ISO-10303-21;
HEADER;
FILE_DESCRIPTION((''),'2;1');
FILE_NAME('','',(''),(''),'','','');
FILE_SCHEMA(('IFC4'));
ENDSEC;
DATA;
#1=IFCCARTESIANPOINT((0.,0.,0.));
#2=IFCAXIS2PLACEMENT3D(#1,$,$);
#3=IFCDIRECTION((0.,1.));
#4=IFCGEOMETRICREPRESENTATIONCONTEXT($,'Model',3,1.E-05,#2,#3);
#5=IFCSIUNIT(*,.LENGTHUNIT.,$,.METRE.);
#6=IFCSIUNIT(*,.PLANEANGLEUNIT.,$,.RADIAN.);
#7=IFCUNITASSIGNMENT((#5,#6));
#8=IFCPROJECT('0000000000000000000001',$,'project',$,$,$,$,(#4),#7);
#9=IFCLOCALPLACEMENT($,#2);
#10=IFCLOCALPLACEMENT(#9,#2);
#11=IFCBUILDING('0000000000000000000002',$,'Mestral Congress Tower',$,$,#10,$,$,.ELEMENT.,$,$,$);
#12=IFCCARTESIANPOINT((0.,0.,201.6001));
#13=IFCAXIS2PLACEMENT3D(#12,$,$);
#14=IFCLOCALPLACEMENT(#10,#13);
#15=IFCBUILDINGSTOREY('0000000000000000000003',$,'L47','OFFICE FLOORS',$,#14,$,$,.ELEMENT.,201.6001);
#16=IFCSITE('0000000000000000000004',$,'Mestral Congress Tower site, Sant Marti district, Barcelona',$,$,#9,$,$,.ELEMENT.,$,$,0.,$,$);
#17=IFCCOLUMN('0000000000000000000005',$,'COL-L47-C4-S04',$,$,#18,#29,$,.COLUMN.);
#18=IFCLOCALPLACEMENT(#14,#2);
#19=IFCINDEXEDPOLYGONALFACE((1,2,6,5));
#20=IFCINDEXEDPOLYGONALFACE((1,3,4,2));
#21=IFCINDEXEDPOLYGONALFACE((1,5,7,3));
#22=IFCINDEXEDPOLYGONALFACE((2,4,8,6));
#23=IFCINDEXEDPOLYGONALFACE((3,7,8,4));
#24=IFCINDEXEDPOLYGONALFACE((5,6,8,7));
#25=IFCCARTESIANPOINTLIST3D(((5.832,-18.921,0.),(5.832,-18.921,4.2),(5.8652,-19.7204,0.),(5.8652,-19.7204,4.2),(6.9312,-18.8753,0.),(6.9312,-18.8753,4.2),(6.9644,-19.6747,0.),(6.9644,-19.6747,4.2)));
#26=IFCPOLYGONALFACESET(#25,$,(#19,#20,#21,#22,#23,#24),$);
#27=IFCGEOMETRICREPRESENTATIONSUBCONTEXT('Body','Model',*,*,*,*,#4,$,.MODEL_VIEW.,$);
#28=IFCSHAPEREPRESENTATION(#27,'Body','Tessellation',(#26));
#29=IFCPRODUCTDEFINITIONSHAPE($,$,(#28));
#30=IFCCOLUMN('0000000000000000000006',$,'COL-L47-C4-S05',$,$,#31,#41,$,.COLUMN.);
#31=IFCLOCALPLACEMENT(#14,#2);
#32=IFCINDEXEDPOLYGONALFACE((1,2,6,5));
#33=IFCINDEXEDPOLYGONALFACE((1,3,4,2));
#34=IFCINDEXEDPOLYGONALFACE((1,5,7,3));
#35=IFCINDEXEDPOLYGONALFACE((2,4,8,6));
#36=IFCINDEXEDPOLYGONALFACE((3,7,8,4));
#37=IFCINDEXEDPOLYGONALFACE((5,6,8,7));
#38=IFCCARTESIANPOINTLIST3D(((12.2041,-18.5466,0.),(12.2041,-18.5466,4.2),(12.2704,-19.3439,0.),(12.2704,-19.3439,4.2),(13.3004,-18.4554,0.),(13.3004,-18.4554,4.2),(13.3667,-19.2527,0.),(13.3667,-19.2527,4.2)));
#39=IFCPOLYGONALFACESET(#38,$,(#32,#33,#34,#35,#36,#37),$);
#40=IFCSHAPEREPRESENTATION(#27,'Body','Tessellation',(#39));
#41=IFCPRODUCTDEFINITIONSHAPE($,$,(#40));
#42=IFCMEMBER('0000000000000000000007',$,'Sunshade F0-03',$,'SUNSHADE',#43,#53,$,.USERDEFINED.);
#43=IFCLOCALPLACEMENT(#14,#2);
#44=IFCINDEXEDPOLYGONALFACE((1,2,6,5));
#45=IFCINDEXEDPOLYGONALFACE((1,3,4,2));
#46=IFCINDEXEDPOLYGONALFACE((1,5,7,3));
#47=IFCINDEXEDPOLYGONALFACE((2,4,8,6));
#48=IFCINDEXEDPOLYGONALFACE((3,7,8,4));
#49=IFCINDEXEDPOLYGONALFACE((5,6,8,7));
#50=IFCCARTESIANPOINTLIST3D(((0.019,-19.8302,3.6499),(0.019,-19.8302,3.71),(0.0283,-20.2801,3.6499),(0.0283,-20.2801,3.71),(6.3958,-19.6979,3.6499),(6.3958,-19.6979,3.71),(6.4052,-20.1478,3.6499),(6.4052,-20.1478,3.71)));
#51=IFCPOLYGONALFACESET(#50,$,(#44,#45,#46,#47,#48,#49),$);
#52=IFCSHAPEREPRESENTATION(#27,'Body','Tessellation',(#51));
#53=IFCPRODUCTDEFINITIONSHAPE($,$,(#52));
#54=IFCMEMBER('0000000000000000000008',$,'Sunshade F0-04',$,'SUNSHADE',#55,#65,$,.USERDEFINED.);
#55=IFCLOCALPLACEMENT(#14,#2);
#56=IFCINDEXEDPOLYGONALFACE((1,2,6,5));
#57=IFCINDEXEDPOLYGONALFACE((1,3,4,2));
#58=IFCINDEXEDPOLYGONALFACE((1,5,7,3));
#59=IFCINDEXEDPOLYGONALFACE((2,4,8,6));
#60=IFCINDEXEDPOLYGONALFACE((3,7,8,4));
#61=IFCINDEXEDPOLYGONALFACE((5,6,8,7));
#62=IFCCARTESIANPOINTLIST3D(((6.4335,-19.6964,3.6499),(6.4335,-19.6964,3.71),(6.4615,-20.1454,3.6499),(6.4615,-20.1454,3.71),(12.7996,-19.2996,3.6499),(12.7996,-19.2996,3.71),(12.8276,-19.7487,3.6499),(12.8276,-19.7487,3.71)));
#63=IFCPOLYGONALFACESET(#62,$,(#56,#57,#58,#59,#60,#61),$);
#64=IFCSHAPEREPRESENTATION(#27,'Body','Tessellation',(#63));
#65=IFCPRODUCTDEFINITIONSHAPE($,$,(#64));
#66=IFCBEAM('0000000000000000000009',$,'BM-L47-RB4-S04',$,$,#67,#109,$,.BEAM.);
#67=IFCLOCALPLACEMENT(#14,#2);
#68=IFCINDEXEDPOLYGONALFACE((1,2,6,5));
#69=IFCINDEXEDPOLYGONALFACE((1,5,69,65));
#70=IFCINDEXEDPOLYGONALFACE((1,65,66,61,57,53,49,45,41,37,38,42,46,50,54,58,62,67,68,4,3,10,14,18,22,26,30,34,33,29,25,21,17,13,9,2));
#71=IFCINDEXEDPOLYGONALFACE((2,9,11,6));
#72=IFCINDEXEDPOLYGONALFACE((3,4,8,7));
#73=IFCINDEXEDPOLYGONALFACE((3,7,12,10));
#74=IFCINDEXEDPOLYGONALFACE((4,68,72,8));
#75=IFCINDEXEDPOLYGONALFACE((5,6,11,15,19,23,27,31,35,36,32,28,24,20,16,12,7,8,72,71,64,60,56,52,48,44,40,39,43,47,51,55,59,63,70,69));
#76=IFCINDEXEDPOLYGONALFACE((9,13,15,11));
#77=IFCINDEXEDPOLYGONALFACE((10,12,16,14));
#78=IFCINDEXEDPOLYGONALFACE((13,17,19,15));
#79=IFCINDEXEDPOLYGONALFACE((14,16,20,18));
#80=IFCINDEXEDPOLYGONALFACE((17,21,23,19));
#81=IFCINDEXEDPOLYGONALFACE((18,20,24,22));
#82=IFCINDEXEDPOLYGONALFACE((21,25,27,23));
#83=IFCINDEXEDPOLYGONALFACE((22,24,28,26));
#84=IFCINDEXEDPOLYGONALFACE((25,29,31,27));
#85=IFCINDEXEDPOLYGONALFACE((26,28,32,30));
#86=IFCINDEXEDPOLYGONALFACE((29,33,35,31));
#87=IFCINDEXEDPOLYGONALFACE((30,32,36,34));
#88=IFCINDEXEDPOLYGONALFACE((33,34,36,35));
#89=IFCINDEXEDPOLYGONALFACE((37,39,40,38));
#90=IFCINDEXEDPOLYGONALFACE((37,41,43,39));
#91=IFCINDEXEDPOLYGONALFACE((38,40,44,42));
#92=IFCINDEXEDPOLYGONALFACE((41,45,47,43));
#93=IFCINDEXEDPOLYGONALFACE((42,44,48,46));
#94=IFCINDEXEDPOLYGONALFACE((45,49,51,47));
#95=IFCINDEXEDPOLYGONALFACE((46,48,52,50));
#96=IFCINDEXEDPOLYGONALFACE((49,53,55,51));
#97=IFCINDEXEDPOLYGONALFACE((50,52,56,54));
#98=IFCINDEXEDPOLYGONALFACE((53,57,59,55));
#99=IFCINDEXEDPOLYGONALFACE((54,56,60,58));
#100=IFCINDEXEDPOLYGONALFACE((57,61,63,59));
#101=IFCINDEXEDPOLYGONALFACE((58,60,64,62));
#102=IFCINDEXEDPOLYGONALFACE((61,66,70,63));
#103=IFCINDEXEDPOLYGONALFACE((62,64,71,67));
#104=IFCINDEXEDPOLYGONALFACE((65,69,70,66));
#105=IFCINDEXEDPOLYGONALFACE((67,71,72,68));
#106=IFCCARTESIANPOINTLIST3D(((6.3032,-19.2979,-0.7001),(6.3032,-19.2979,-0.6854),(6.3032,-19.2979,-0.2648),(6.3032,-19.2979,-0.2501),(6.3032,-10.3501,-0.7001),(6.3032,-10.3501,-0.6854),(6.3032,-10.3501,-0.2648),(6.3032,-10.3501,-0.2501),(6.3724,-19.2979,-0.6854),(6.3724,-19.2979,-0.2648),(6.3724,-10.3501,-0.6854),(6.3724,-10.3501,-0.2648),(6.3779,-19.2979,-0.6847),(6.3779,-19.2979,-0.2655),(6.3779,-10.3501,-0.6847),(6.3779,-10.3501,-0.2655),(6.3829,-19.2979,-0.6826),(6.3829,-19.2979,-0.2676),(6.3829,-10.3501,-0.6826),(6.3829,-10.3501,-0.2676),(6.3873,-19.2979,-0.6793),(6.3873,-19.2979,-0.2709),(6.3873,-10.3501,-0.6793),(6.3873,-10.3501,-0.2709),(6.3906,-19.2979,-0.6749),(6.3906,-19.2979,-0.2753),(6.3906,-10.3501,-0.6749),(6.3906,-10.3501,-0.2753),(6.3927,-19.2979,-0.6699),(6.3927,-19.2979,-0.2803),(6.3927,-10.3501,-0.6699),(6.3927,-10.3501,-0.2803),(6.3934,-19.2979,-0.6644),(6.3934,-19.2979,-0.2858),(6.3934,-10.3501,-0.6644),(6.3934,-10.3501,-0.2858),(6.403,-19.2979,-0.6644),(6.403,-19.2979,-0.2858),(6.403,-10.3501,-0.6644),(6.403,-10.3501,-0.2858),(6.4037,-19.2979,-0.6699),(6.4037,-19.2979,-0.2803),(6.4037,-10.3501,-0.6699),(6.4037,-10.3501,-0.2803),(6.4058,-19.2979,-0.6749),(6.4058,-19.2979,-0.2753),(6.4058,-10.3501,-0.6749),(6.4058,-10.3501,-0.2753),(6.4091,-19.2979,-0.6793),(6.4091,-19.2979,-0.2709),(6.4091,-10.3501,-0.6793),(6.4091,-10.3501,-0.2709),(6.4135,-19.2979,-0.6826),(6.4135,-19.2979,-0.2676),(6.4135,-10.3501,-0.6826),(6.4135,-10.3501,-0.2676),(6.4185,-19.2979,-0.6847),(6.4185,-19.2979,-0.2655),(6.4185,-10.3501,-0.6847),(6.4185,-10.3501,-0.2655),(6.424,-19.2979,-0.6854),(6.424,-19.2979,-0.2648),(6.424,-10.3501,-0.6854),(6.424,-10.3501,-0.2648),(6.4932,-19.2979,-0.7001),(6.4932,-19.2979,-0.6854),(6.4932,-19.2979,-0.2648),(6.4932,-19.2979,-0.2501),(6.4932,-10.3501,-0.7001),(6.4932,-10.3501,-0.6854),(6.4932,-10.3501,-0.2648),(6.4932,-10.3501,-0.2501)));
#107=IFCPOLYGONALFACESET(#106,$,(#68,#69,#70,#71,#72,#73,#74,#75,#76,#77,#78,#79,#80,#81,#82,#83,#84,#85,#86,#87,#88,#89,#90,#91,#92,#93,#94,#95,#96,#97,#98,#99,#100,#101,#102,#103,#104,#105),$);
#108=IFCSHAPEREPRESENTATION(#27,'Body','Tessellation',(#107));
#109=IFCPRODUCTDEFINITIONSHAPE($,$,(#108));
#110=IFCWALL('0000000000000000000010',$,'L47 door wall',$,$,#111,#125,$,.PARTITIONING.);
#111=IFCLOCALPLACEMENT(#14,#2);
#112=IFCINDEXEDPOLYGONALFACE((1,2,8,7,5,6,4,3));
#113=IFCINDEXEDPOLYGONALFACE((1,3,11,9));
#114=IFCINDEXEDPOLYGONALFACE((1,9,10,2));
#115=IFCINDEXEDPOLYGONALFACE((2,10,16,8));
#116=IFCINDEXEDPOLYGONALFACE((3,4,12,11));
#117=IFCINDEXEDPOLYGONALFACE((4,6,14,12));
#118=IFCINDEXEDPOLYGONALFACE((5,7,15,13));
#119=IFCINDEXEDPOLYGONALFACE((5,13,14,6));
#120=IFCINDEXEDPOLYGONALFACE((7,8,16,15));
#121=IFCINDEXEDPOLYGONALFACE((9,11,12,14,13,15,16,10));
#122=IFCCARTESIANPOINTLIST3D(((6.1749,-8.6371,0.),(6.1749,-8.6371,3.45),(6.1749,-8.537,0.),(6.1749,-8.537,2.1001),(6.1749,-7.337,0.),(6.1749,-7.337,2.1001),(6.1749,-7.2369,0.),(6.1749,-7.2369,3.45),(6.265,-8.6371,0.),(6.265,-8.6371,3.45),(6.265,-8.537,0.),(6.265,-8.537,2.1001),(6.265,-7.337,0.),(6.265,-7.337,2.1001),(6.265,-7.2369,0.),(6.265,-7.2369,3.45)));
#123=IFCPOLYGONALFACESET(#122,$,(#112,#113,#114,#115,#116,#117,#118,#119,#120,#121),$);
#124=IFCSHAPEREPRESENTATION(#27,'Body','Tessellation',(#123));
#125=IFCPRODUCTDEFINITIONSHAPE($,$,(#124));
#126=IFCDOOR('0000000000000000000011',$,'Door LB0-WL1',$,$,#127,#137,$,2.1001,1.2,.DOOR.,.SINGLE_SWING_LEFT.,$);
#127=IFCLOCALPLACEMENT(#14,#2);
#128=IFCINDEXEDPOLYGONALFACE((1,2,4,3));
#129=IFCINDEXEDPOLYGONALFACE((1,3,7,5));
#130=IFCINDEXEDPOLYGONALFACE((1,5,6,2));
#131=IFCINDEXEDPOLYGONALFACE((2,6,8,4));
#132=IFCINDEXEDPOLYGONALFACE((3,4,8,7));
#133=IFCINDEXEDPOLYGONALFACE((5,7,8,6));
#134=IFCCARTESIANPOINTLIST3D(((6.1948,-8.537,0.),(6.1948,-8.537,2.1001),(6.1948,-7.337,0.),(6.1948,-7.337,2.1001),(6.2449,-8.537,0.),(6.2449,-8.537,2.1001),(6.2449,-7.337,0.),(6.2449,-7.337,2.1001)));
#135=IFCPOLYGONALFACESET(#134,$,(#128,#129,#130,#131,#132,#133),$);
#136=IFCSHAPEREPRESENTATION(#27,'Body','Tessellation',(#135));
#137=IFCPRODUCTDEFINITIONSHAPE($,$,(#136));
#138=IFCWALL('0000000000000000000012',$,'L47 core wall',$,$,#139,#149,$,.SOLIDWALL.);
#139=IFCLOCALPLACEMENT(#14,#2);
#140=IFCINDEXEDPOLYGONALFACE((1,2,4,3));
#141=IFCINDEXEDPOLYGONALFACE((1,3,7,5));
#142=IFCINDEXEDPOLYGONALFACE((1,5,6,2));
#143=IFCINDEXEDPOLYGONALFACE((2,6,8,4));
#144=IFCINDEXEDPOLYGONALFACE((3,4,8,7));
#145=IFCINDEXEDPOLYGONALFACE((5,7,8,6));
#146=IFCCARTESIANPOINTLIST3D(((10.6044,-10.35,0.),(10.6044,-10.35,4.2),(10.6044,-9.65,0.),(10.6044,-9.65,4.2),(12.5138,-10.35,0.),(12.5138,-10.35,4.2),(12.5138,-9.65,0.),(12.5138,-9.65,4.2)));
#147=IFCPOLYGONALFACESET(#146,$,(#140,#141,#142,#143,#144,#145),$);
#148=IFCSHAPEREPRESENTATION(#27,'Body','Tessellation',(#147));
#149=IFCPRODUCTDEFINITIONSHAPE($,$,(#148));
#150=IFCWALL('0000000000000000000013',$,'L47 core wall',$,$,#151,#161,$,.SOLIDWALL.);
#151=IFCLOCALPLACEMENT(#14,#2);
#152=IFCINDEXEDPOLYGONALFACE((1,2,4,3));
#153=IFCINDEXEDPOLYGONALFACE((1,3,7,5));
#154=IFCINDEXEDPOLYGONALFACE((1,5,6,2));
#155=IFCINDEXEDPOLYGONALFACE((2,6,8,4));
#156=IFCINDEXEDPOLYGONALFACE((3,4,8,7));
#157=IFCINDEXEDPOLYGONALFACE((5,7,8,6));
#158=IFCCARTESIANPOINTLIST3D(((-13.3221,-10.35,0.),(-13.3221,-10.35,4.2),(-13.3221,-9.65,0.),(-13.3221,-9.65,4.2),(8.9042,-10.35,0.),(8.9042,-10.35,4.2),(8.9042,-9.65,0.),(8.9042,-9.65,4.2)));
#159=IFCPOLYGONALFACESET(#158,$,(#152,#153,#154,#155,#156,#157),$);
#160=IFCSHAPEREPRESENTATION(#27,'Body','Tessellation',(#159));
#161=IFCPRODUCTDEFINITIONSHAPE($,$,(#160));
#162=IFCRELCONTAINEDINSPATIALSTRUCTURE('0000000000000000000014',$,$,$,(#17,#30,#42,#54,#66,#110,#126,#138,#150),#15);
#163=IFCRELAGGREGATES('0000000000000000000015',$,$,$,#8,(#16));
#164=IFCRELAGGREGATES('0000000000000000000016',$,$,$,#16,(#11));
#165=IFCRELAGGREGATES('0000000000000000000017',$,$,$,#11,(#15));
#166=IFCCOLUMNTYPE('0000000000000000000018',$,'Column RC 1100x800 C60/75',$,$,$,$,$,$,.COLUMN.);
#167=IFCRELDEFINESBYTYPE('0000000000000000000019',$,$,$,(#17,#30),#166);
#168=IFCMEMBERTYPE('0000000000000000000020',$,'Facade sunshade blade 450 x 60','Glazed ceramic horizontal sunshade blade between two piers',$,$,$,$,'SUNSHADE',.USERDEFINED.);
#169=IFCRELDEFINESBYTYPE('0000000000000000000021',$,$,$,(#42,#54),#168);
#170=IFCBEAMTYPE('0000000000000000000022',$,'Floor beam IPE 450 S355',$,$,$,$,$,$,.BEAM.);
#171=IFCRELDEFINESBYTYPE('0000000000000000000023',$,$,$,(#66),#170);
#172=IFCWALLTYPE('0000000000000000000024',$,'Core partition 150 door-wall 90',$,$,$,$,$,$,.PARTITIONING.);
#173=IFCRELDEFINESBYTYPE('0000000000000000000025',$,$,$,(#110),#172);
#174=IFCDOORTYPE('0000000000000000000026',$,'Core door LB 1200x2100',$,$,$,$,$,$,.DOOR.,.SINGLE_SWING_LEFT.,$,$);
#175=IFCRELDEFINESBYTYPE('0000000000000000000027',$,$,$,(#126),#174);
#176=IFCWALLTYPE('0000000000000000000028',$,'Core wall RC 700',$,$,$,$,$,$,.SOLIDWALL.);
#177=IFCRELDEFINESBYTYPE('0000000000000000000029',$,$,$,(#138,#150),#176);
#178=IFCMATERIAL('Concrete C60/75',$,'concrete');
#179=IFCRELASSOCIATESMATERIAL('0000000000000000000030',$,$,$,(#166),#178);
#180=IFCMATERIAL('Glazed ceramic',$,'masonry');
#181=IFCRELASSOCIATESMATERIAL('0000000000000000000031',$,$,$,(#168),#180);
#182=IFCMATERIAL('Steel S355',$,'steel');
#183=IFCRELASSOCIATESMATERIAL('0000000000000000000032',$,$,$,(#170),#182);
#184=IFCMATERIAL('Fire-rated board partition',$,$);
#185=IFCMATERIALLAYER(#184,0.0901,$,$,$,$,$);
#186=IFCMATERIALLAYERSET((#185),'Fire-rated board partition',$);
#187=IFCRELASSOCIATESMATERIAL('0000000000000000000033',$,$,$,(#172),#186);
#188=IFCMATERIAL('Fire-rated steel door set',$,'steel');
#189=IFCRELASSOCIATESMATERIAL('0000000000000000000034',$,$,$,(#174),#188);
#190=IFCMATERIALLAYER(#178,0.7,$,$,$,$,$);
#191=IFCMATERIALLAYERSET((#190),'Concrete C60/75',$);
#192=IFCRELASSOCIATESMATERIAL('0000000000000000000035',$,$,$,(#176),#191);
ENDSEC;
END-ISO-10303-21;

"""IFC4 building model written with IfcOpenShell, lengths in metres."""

from ifc_helpers import new_model, si_unit, direction, frame, frame_2d, origin, origin_2d, place, context, subcontext, project, spatial, rectangle, i_section, extrude, material, layer, layer_set, material_profile, profile_set, type_object, element, fill, save


model = new_model("IFC4")

# Units and contexts
model_context = context("Model", 3, precision=1e-05, world=origin(), true_north=direction((0.0, 1.0)))
body_context = subcontext(model_context, "Body", "Model", "MODEL_VIEW")
ifc_project = project(units=[si_unit("LENGTHUNIT", "METRE"), si_unit("PLANEANGLEUNIT", "RADIAN")], contexts=[model_context])

# Site, building, storey
site_placement = place(None, origin())
site = spatial("IfcSite", under=ifc_project, at=site_placement, Name="Mestral Congress Tower site, Sant Marti district, Barcelona", CompositionType="ELEMENT", RefElevation=0.0)
building_placement = place(site_placement, origin())
building = spatial("IfcBuilding", under=site, at=building_placement, Name="Mestral Congress Tower", CompositionType="ELEMENT")
storey_placement = place(building_placement, frame((0.0, 0.0, 201.6001)))
storey = spatial("IfcBuildingStorey", under=building, at=storey_placement, Name="L47", Description="OFFICE FLOORS", CompositionType="ELEMENT", Elevation=201.6001)

# Columns
ifc_material_1 = material(Name="Concrete C60/75", Category="concrete")
ifc_material_profile_1 = material_profile(ifc_material_1, rectangle(XDim=1.1001, YDim=0.8, at=origin_2d()), Name="RC 1100x800")
ifc_profile_set_1 = profile_set([ifc_material_profile_1], Name="Concrete C60/75")
column_type = type_object("IfcColumnType", Name="Column RC 1100x800 C60/75", PredefinedType="COLUMN", material=ifc_profile_set_1)
for number, where, z_axis, x_axis, name in (
    (1, (6.3982, -19.2979, 0.0), (0.0, 0.0, 1.0), (0.999139, 0.041492, 0.0), "COL-L47-C4-S04"),
    (2, (12.7854, -18.8997, 0.0), (0.0, 0.0, 1.0), (0.996557, 0.082914, 0.0), "COL-L47-C4-S05"),
):
    element("IfcColumn", number, at=place(storey_placement, frame(where, z_axis=z_axis, x_axis=x_axis)), inside=storey, type_object=column_type, Name=name, PredefinedType="COLUMN", context=body_context, shape_type="SweptSolid", body=[
        extrude(rectangle(XDim=1.1001, YDim=0.8, at=origin_2d()), origin(), (0.0, 0.0, 1.0), 4.2),
    ])

# Members
ifc_material_2 = material(Name="Glazed ceramic", Category="masonry")
ifc_material_profile_2 = material_profile(ifc_material_2, rectangle(XDim=0.45, YDim=0.0601, at=origin_2d()), Name="Ceramic blade 450 x 60")
ifc_profile_set_2 = profile_set([ifc_material_profile_2], Name="Glazed ceramic")
member_type = type_object("IfcMemberType", Name="Facade sunshade blade 450 x 60", Description="Glazed ceramic horizontal sunshade blade between two piers", ElementType="SUNSHADE", PredefinedType="USERDEFINED", material=ifc_profile_set_2)
member_1_placement = place(storey_placement, frame((0.0237, -20.0552, 3.6799), z_axis=(0.999785, 0.020747, 0.0), x_axis=(-0.020747, 0.999785, 0.0)))
element("IfcMember", 3, at=member_1_placement, inside=storey, type_object=member_type, Name="Sunshade F0-03", ObjectType="SUNSHADE", PredefinedType="USERDEFINED", context=body_context, shape_type="SweptSolid", body=[
    extrude(rectangle(XDim=0.45, YDim=0.0601, at=origin_2d()), origin(), (0.0, 0.0, 1.0), 6.3782),
])
member_2_placement = place(storey_placement, frame((6.4475, -19.9209, 3.6799), z_axis=(0.998064, 0.0622, 0.0), x_axis=(-0.0622, 0.998064, 0.0)))
element("IfcMember", 4, at=member_2_placement, inside=storey, type_object=member_type, Name="Sunshade F0-04", ObjectType="SUNSHADE", PredefinedType="USERDEFINED", context=body_context, shape_type="SweptSolid", body=[
    extrude(rectangle(XDim=0.45, YDim=0.0601, at=origin_2d()), origin(), (0.0, 0.0, 1.0), 6.3784),
])

# Beam
ifc_material_3 = material(Name="Steel S355", Category="steel")
ifc_material_profile_3 = material_profile(ifc_material_3, i_section(OverallWidth=0.1899, OverallDepth=0.45, WebThickness=0.0095, FlangeThickness=0.0146, FilletRadius=0.021, at=origin_2d()), Name="IPE 450")
ifc_profile_set_3 = profile_set([ifc_material_profile_3], Name="Steel S355")
beam_type = type_object("IfcBeamType", Name="Floor beam IPE 450 S355", PredefinedType="BEAM", material=ifc_profile_set_3)
beam_placement = place(storey_placement, frame((6.3982, -19.2979, -0.4751), z_axis=(0.0, 1.0, 0.0), x_axis=(-1.0, 0.0, 0.0)))
element("IfcBeam", 5, at=beam_placement, inside=storey, type_object=beam_type, Name="BM-L47-RB4-S04", PredefinedType="BEAM", context=body_context, shape_type="SweptSolid", body=[
    extrude(i_section(OverallWidth=0.1899, OverallDepth=0.45, WebThickness=0.0095, FlangeThickness=0.0146, FilletRadius=0.021, at=origin_2d()), origin(), (0.0, 0.0, 1.0), 8.9478),
])

# Wall, opening, door
ifc_material_4 = material(Name="Fire-rated board partition")
ifc_layer_1 = layer(ifc_material_4, 0.0901)
ifc_layer_set_1 = layer_set([ifc_layer_1], Name="Fire-rated board partition")
wall_type_1 = type_object("IfcWallType", Name="Core partition 150 door-wall 90", PredefinedType="PARTITIONING", material=ifc_layer_set_1)
wall_1_placement = place(storey_placement, frame((6.22, -7.2368, 0.0), z_axis=(0.0, 0.0, 1.0), x_axis=(0.0, -1.0, 0.0)))
wall_1 = element("IfcWall", 6, at=wall_1_placement, inside=storey, type_object=wall_type_1, Name="L47 door wall", PredefinedType="PARTITIONING", context=body_context, shape_type="SweptSolid", body=[
    extrude(rectangle(XDim=1.4001, YDim=0.0901, at=frame_2d((0.7002, 0.0))), origin(), (0.0, 0.0, 1.0), 3.45),
])
opening_1_placement = place(wall_1_placement, frame((0.1001, 0.0, 0.0)))
opening_1 = element("IfcOpeningElement", 7, at=opening_1_placement, cuts=wall_1, PredefinedType="OPENING", context=body_context, shape_type="SweptSolid", body=[
    extrude(rectangle(XDim=1.2, YDim=2.1001, at=frame_2d((0.6001, 1.05))), frame((0.0, 0.0549, 0.0), z_axis=(0.0, -1.0, 0.0), x_axis=(1.0, 0.0, 0.0)), (0.0, 0.0, 1.0), 0.1101),
])
ifc_material_5 = material(Name="Fire-rated steel door set", Category="steel")
door_type_1 = type_object("IfcDoorType", Name="Core door LB 1200x2100", OperationType="SINGLE_SWING_LEFT", PredefinedType="DOOR", material=ifc_material_5)
door_1_placement = place(opening_1_placement, origin())
door_1 = element("IfcDoor", 8, at=door_1_placement, inside=storey, type_object=door_type_1, Name="Door LB0-WL1", OperationType="SINGLE_SWING_LEFT", OverallHeight=2.1001, OverallWidth=1.2, PredefinedType="DOOR", context=body_context, shape_type="SweptSolid", body=[
    extrude(rectangle(XDim=1.2, YDim=2.1001, at=frame_2d((0.6001, 1.05))), frame((0.0, 0.0249, 0.0), z_axis=(0.0, -1.0, 0.0), x_axis=(1.0, 0.0, 0.0)), (0.0, 0.0, 1.0), 0.05),
])
fill(opening_1, door_1)

# Walls
ifc_layer_2 = layer(ifc_material_1, 0.7)
ifc_layer_set_2 = layer_set([ifc_layer_2], Name="Concrete C60/75")
wall_type_2 = type_object("IfcWallType", Name="Core wall RC 700", PredefinedType="SOLIDWALL", material=ifc_layer_set_2)
wall_2_placement = place(storey_placement, frame((10.6045, -10.0, 0.0), z_axis=(0.0, 0.0, 1.0), x_axis=(1.0, 0.0, 0.0)))
element("IfcWall", 9, at=wall_2_placement, inside=storey, type_object=wall_type_2, Name="L47 core wall", PredefinedType="SOLIDWALL", context=body_context, shape_type="SweptSolid", body=[
    extrude(rectangle(XDim=1.9094, YDim=0.7, at=frame_2d((0.9546, 0.0))), origin(), (0.0, 0.0, 1.0), 4.2),
])
wall_3_placement = place(storey_placement, frame((8.9043, -10.0, 0.0), z_axis=(0.0, 0.0, 1.0), x_axis=(-1.0, 0.0, 0.0)))
element("IfcWall", 10, at=wall_3_placement, inside=storey, type_object=wall_type_2, Name="L47 core wall", PredefinedType="SOLIDWALL", context=body_context, shape_type="SweptSolid", body=[
    extrude(rectangle(XDim=22.2263, YDim=0.7, at=frame_2d((11.1133, 0.0))), origin(), (0.0, 0.0, 1.0), 4.2),
])

save(model, "model.ifc")
